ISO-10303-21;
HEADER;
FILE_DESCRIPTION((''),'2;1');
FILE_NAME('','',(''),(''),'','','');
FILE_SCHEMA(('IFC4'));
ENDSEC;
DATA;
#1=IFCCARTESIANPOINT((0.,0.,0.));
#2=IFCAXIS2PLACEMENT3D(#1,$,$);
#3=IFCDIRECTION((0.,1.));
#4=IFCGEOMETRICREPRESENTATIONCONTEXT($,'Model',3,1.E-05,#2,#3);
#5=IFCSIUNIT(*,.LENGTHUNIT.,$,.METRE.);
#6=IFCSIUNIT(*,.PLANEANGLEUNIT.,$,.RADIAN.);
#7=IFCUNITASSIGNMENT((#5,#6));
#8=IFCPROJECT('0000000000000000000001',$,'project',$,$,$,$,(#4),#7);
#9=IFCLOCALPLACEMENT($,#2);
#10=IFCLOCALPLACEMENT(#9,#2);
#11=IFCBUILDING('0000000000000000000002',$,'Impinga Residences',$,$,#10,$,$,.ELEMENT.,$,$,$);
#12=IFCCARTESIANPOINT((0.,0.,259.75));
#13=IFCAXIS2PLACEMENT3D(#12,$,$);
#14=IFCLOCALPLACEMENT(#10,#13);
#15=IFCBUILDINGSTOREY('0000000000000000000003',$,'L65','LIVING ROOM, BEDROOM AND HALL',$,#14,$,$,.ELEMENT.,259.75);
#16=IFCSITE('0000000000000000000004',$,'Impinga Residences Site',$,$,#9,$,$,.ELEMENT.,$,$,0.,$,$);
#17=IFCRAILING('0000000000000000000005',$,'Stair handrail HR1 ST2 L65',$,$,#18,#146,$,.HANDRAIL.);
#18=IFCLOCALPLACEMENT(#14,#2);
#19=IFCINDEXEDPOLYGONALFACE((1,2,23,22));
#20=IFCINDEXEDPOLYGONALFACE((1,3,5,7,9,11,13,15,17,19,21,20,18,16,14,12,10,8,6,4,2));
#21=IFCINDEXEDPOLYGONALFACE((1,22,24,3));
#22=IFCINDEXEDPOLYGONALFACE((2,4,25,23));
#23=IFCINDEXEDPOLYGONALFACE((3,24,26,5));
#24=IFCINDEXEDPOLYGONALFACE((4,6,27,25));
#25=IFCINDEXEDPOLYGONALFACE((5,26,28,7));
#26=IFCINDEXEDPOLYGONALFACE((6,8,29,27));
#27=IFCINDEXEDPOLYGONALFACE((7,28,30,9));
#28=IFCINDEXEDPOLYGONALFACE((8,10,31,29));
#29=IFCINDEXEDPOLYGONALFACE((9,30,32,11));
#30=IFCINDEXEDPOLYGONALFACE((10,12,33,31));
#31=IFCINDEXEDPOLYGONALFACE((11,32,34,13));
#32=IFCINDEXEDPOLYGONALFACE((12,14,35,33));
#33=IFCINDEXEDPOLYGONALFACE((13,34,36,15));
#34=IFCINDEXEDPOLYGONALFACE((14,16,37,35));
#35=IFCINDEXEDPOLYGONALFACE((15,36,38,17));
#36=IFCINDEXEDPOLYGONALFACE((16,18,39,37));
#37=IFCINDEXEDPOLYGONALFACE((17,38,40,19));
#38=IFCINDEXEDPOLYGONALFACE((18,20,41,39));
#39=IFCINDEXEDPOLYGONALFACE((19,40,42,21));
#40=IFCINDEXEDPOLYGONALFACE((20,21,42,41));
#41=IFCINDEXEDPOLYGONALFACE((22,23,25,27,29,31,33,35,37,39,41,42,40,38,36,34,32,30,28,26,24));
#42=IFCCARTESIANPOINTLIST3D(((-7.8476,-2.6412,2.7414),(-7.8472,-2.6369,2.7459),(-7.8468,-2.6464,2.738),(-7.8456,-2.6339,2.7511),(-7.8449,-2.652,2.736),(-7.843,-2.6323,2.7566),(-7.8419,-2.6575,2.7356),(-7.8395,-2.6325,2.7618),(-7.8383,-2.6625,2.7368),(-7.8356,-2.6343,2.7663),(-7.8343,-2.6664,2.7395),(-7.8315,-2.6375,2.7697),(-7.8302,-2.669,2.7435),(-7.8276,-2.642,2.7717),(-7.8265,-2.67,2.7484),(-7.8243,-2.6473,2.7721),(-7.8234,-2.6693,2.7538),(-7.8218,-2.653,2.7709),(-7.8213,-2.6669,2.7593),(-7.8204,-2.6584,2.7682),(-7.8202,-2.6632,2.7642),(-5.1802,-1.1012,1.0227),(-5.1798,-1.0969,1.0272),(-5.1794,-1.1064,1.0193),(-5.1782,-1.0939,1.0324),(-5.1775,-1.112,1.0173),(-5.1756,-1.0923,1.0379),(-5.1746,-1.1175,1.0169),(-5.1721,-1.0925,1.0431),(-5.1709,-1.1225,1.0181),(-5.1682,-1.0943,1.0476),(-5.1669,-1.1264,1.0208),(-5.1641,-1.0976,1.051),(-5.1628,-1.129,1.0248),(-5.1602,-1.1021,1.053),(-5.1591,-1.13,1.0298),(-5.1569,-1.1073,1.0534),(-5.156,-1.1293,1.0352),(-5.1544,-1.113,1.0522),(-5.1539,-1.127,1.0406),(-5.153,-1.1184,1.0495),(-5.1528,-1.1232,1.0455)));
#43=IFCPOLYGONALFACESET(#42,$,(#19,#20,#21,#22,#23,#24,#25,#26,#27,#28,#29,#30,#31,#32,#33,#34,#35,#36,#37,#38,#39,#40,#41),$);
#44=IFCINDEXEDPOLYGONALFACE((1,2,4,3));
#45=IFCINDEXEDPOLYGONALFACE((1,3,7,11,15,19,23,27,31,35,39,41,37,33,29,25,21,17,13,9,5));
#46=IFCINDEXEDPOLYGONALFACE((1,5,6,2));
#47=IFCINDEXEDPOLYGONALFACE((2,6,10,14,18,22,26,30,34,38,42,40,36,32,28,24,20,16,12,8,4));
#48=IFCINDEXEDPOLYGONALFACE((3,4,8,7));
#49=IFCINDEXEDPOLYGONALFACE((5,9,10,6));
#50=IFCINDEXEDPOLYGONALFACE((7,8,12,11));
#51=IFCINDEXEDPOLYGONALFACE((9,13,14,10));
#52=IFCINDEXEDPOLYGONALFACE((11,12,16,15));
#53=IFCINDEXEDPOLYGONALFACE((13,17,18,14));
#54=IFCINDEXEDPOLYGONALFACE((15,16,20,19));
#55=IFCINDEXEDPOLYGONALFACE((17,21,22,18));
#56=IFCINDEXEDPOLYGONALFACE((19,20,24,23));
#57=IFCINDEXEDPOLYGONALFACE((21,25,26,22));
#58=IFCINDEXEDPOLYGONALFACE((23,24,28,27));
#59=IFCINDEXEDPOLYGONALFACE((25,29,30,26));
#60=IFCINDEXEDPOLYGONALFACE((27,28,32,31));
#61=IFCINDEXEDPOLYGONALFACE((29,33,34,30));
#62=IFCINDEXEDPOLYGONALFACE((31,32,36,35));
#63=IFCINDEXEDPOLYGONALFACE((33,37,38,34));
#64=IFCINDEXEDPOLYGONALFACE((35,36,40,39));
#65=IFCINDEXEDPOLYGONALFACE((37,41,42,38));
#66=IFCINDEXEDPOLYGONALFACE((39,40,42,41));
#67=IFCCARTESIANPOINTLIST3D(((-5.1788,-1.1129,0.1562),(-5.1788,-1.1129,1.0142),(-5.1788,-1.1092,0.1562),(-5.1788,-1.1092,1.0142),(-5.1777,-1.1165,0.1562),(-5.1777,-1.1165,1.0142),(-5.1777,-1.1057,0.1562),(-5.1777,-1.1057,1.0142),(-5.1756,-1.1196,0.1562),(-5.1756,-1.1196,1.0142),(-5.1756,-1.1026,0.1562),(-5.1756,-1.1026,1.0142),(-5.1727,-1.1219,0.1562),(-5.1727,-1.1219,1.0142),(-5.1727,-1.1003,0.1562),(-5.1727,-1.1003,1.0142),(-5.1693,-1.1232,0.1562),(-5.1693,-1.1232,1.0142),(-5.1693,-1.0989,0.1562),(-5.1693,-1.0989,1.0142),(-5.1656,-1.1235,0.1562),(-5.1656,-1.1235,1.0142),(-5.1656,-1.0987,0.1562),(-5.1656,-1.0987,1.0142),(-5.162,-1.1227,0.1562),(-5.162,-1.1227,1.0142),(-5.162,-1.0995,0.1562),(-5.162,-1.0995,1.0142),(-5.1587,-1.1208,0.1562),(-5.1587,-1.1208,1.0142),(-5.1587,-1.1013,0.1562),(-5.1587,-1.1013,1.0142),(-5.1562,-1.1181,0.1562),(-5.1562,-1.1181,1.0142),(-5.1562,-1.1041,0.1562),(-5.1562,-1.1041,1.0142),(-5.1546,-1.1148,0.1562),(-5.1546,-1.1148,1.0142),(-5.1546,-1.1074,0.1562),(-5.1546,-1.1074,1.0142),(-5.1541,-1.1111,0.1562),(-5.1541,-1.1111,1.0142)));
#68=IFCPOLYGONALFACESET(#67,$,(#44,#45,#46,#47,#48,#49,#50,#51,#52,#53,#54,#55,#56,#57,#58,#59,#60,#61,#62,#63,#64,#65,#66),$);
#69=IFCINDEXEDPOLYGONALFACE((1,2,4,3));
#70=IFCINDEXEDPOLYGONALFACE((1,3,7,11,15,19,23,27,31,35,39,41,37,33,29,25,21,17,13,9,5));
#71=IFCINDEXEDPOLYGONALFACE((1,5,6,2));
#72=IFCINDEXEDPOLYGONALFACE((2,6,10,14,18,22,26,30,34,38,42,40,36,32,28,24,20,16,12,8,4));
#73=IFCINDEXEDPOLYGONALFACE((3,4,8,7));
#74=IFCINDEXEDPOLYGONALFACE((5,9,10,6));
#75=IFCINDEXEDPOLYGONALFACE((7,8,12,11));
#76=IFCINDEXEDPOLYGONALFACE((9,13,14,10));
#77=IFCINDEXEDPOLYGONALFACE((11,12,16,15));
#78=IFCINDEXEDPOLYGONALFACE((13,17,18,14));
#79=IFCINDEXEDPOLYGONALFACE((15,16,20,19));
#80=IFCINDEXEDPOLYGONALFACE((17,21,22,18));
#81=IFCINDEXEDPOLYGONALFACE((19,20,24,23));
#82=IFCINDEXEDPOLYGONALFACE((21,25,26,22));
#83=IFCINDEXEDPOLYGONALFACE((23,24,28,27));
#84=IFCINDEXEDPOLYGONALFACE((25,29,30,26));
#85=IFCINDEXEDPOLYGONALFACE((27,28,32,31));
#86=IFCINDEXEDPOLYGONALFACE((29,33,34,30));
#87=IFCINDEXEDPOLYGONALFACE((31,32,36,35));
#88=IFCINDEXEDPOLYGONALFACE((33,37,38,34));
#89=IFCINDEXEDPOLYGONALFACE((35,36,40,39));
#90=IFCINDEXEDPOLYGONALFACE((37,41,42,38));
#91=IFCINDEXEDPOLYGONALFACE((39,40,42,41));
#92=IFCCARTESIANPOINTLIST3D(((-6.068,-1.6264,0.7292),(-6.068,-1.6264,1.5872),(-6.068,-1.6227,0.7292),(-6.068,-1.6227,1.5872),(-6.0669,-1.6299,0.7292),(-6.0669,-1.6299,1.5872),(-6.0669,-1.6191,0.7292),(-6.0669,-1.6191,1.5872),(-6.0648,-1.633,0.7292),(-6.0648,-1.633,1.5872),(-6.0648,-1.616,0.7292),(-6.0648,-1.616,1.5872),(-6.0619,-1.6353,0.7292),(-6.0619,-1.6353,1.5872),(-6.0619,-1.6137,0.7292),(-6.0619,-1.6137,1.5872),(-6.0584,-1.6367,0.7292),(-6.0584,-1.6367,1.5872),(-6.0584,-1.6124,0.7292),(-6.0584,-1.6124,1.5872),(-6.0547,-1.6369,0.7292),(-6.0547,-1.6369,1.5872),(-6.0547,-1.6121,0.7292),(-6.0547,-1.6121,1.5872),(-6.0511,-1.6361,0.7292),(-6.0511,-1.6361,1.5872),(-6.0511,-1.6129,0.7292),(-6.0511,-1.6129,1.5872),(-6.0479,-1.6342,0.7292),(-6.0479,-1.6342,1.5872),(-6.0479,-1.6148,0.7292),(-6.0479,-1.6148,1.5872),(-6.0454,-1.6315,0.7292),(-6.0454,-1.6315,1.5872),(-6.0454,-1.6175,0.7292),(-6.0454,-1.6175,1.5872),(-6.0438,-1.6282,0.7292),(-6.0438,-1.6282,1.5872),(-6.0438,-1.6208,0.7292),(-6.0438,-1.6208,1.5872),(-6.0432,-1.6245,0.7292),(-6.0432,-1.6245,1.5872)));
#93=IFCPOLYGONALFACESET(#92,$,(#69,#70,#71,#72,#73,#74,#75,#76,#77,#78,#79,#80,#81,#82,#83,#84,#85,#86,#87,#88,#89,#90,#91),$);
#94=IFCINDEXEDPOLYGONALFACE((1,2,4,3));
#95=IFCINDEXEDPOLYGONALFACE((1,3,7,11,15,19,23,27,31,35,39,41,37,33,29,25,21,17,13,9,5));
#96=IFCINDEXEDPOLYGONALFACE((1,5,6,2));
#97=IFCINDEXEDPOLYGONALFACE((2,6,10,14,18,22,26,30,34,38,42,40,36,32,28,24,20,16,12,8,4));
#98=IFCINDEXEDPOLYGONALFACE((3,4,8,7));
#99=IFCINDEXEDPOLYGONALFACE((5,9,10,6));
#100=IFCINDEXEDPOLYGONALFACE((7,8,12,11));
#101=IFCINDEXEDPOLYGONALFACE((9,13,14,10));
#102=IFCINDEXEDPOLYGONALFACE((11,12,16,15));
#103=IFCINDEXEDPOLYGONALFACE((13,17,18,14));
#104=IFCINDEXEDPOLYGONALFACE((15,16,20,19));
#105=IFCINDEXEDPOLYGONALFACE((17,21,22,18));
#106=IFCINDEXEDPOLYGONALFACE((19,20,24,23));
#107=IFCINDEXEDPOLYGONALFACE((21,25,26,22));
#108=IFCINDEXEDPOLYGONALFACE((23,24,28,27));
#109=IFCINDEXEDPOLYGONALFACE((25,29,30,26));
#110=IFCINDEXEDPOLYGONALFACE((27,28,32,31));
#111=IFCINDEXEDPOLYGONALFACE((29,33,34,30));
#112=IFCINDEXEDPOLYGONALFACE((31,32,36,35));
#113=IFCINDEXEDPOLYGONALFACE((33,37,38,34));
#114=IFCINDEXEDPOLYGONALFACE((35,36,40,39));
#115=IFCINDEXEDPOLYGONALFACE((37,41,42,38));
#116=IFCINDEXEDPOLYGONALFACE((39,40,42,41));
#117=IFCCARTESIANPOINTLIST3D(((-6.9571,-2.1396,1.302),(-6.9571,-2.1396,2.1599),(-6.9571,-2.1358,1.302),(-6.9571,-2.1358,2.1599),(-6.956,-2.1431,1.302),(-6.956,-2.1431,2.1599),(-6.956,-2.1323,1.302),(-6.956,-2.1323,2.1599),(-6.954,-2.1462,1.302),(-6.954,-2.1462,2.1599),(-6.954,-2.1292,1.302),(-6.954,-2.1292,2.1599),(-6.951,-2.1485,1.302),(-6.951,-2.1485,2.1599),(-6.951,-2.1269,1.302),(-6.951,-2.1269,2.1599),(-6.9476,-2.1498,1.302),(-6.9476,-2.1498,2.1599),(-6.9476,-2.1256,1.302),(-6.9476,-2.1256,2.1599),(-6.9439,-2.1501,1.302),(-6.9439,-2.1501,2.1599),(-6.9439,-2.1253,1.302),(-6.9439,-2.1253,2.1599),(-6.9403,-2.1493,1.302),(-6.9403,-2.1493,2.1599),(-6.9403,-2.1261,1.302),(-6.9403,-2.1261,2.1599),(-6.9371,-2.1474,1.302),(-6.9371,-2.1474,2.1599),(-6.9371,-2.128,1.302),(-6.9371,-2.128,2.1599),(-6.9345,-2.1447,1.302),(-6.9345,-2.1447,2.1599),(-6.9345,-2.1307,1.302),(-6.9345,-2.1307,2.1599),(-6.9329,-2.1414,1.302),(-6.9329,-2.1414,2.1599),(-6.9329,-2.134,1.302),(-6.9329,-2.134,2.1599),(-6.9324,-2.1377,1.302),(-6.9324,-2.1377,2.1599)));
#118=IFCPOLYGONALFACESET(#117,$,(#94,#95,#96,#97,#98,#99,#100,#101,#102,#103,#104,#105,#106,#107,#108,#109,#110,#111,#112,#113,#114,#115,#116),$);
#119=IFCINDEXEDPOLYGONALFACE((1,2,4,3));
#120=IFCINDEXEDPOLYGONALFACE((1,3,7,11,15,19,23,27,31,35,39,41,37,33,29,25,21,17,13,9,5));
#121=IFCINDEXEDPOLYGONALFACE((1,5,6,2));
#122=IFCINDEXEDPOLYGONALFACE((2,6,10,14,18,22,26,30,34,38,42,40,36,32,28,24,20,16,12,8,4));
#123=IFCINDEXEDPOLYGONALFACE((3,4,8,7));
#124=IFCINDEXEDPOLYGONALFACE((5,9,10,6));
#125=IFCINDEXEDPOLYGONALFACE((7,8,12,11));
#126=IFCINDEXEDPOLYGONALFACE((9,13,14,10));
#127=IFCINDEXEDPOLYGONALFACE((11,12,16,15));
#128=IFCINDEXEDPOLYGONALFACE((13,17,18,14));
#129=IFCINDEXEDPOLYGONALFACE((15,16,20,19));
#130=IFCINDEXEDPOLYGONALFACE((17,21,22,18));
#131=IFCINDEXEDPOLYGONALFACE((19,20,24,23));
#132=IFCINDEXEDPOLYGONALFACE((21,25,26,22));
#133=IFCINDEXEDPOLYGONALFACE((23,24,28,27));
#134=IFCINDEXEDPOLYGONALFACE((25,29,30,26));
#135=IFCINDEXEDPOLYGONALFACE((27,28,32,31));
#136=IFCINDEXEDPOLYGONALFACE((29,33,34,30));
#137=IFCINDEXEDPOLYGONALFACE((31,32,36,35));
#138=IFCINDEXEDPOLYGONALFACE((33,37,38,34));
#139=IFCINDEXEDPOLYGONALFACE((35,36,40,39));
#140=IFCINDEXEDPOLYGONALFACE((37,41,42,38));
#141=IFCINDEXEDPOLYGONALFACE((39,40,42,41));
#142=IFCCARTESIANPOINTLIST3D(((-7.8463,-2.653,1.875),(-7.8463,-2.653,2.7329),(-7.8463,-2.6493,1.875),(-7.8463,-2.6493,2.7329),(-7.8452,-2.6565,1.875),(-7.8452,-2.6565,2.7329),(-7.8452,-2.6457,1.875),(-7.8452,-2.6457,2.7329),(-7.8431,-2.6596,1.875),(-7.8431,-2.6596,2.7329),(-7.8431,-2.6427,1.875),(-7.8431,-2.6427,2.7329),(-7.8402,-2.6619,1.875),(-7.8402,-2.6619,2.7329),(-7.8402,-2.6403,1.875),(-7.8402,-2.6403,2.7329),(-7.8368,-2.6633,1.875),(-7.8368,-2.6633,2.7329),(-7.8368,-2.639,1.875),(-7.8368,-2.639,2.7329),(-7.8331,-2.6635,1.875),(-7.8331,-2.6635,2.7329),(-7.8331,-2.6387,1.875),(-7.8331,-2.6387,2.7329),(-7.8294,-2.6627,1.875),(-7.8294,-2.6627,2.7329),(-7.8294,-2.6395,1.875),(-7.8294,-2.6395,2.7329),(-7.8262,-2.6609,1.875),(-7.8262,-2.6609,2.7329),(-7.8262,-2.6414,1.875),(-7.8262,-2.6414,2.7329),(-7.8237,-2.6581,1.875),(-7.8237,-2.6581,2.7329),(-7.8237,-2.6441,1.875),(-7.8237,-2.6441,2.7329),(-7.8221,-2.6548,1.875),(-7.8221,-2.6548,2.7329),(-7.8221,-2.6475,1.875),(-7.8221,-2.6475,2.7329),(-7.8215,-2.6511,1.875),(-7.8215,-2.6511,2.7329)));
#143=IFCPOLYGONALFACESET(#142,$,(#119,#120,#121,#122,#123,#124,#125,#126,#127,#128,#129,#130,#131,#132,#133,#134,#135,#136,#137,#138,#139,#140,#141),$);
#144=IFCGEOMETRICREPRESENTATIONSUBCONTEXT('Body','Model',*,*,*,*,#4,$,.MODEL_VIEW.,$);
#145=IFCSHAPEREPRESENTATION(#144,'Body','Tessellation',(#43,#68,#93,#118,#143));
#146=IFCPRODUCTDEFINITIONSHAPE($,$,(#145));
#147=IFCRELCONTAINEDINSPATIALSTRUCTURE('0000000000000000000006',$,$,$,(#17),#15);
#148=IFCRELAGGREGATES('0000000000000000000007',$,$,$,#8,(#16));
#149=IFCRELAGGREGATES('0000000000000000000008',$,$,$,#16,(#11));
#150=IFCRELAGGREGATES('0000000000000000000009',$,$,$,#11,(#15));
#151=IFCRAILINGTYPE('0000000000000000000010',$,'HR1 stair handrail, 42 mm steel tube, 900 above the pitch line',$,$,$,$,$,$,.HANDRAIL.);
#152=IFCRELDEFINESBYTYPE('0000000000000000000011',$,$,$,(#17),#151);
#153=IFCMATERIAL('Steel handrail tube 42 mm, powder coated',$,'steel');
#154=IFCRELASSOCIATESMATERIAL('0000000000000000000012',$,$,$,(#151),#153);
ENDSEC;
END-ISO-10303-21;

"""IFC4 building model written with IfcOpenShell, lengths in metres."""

from ifc_helpers import new_model, si_unit, direction, frame, origin, origin_2d, place, context, subcontext, project, spatial, circle, extrude, material, type_object, element, save


model = new_model("IFC4")

# Units and contexts
model_context = context("Model", 3, precision=1e-05, world=origin(), true_north=direction((0.0, 1.0)))
body_context = subcontext(model_context, "Body", "Model", "MODEL_VIEW")
ifc_project = project(units=[si_unit("LENGTHUNIT", "METRE"), si_unit("PLANEANGLEUNIT", "RADIAN")], contexts=[model_context])

# Site, building, storey
site_placement = place(None, origin())
site = spatial("IfcSite", under=ifc_project, at=site_placement, Name="Impinga Residences Site", CompositionType="ELEMENT", RefElevation=0.0)
building_placement = place(site_placement, origin())
building = spatial("IfcBuilding", under=site, at=building_placement, Name="Impinga Residences", CompositionType="ELEMENT")
storey_placement = place(building_placement, frame((0.0, 0.0, 259.75)))
storey = spatial("IfcBuildingStorey", under=building, at=storey_placement, Name="L65", Description="LIVING ROOM, BEDROOM AND HALL", CompositionType="ELEMENT", Elevation=259.75)

# Railing
ifc_material_1 = material(Name="Steel handrail tube 42 mm, powder coated", Category="steel")
railing_type_1 = type_object("IfcRailingType", Name="HR1 stair handrail, 42 mm steel tube, 900 above the pitch line", PredefinedType="HANDRAIL", material=ifc_material_1)
railing_1_placement = place(storey_placement, frame((-5.1665, -1.1111, 0.1562)))
element("IfcRailing", 1, at=railing_1_placement, inside=storey, type_object=railing_type_1, Name="Stair handrail HR1 ST2 L65", PredefinedType="HANDRAIL", context=body_context, shape_type="SweptSolid", body=[
    extrude(circle(Radius=0.021, at=origin_2d()), frame((0.0, 0.0, 0.8789), z_axis=(-0.756256, -0.436616, 0.487282), x_axis=(0.499992, -0.86603, 0.0)), (0.0, 0.0, 1.0), 3.5271),
    extrude(circle(Radius=0.0125, at=origin_2d()), origin(), (0.0, 0.0, 1.0), 0.8579),
    extrude(circle(Radius=0.0125, at=origin_2d()), frame((-0.8892, -0.5134, 0.573)), (0.0, 0.0, 1.0), 0.8579),
    extrude(circle(Radius=0.0125, at=origin_2d()), frame((-1.7783, -1.0266, 1.1458)), (0.0, 0.0, 1.0), 0.8579),
    extrude(circle(Radius=0.0125, at=origin_2d()), frame((-2.6675, -1.54, 1.7188)), (0.0, 0.0, 1.0), 0.8579),
])

save(model, "model.ifc")
